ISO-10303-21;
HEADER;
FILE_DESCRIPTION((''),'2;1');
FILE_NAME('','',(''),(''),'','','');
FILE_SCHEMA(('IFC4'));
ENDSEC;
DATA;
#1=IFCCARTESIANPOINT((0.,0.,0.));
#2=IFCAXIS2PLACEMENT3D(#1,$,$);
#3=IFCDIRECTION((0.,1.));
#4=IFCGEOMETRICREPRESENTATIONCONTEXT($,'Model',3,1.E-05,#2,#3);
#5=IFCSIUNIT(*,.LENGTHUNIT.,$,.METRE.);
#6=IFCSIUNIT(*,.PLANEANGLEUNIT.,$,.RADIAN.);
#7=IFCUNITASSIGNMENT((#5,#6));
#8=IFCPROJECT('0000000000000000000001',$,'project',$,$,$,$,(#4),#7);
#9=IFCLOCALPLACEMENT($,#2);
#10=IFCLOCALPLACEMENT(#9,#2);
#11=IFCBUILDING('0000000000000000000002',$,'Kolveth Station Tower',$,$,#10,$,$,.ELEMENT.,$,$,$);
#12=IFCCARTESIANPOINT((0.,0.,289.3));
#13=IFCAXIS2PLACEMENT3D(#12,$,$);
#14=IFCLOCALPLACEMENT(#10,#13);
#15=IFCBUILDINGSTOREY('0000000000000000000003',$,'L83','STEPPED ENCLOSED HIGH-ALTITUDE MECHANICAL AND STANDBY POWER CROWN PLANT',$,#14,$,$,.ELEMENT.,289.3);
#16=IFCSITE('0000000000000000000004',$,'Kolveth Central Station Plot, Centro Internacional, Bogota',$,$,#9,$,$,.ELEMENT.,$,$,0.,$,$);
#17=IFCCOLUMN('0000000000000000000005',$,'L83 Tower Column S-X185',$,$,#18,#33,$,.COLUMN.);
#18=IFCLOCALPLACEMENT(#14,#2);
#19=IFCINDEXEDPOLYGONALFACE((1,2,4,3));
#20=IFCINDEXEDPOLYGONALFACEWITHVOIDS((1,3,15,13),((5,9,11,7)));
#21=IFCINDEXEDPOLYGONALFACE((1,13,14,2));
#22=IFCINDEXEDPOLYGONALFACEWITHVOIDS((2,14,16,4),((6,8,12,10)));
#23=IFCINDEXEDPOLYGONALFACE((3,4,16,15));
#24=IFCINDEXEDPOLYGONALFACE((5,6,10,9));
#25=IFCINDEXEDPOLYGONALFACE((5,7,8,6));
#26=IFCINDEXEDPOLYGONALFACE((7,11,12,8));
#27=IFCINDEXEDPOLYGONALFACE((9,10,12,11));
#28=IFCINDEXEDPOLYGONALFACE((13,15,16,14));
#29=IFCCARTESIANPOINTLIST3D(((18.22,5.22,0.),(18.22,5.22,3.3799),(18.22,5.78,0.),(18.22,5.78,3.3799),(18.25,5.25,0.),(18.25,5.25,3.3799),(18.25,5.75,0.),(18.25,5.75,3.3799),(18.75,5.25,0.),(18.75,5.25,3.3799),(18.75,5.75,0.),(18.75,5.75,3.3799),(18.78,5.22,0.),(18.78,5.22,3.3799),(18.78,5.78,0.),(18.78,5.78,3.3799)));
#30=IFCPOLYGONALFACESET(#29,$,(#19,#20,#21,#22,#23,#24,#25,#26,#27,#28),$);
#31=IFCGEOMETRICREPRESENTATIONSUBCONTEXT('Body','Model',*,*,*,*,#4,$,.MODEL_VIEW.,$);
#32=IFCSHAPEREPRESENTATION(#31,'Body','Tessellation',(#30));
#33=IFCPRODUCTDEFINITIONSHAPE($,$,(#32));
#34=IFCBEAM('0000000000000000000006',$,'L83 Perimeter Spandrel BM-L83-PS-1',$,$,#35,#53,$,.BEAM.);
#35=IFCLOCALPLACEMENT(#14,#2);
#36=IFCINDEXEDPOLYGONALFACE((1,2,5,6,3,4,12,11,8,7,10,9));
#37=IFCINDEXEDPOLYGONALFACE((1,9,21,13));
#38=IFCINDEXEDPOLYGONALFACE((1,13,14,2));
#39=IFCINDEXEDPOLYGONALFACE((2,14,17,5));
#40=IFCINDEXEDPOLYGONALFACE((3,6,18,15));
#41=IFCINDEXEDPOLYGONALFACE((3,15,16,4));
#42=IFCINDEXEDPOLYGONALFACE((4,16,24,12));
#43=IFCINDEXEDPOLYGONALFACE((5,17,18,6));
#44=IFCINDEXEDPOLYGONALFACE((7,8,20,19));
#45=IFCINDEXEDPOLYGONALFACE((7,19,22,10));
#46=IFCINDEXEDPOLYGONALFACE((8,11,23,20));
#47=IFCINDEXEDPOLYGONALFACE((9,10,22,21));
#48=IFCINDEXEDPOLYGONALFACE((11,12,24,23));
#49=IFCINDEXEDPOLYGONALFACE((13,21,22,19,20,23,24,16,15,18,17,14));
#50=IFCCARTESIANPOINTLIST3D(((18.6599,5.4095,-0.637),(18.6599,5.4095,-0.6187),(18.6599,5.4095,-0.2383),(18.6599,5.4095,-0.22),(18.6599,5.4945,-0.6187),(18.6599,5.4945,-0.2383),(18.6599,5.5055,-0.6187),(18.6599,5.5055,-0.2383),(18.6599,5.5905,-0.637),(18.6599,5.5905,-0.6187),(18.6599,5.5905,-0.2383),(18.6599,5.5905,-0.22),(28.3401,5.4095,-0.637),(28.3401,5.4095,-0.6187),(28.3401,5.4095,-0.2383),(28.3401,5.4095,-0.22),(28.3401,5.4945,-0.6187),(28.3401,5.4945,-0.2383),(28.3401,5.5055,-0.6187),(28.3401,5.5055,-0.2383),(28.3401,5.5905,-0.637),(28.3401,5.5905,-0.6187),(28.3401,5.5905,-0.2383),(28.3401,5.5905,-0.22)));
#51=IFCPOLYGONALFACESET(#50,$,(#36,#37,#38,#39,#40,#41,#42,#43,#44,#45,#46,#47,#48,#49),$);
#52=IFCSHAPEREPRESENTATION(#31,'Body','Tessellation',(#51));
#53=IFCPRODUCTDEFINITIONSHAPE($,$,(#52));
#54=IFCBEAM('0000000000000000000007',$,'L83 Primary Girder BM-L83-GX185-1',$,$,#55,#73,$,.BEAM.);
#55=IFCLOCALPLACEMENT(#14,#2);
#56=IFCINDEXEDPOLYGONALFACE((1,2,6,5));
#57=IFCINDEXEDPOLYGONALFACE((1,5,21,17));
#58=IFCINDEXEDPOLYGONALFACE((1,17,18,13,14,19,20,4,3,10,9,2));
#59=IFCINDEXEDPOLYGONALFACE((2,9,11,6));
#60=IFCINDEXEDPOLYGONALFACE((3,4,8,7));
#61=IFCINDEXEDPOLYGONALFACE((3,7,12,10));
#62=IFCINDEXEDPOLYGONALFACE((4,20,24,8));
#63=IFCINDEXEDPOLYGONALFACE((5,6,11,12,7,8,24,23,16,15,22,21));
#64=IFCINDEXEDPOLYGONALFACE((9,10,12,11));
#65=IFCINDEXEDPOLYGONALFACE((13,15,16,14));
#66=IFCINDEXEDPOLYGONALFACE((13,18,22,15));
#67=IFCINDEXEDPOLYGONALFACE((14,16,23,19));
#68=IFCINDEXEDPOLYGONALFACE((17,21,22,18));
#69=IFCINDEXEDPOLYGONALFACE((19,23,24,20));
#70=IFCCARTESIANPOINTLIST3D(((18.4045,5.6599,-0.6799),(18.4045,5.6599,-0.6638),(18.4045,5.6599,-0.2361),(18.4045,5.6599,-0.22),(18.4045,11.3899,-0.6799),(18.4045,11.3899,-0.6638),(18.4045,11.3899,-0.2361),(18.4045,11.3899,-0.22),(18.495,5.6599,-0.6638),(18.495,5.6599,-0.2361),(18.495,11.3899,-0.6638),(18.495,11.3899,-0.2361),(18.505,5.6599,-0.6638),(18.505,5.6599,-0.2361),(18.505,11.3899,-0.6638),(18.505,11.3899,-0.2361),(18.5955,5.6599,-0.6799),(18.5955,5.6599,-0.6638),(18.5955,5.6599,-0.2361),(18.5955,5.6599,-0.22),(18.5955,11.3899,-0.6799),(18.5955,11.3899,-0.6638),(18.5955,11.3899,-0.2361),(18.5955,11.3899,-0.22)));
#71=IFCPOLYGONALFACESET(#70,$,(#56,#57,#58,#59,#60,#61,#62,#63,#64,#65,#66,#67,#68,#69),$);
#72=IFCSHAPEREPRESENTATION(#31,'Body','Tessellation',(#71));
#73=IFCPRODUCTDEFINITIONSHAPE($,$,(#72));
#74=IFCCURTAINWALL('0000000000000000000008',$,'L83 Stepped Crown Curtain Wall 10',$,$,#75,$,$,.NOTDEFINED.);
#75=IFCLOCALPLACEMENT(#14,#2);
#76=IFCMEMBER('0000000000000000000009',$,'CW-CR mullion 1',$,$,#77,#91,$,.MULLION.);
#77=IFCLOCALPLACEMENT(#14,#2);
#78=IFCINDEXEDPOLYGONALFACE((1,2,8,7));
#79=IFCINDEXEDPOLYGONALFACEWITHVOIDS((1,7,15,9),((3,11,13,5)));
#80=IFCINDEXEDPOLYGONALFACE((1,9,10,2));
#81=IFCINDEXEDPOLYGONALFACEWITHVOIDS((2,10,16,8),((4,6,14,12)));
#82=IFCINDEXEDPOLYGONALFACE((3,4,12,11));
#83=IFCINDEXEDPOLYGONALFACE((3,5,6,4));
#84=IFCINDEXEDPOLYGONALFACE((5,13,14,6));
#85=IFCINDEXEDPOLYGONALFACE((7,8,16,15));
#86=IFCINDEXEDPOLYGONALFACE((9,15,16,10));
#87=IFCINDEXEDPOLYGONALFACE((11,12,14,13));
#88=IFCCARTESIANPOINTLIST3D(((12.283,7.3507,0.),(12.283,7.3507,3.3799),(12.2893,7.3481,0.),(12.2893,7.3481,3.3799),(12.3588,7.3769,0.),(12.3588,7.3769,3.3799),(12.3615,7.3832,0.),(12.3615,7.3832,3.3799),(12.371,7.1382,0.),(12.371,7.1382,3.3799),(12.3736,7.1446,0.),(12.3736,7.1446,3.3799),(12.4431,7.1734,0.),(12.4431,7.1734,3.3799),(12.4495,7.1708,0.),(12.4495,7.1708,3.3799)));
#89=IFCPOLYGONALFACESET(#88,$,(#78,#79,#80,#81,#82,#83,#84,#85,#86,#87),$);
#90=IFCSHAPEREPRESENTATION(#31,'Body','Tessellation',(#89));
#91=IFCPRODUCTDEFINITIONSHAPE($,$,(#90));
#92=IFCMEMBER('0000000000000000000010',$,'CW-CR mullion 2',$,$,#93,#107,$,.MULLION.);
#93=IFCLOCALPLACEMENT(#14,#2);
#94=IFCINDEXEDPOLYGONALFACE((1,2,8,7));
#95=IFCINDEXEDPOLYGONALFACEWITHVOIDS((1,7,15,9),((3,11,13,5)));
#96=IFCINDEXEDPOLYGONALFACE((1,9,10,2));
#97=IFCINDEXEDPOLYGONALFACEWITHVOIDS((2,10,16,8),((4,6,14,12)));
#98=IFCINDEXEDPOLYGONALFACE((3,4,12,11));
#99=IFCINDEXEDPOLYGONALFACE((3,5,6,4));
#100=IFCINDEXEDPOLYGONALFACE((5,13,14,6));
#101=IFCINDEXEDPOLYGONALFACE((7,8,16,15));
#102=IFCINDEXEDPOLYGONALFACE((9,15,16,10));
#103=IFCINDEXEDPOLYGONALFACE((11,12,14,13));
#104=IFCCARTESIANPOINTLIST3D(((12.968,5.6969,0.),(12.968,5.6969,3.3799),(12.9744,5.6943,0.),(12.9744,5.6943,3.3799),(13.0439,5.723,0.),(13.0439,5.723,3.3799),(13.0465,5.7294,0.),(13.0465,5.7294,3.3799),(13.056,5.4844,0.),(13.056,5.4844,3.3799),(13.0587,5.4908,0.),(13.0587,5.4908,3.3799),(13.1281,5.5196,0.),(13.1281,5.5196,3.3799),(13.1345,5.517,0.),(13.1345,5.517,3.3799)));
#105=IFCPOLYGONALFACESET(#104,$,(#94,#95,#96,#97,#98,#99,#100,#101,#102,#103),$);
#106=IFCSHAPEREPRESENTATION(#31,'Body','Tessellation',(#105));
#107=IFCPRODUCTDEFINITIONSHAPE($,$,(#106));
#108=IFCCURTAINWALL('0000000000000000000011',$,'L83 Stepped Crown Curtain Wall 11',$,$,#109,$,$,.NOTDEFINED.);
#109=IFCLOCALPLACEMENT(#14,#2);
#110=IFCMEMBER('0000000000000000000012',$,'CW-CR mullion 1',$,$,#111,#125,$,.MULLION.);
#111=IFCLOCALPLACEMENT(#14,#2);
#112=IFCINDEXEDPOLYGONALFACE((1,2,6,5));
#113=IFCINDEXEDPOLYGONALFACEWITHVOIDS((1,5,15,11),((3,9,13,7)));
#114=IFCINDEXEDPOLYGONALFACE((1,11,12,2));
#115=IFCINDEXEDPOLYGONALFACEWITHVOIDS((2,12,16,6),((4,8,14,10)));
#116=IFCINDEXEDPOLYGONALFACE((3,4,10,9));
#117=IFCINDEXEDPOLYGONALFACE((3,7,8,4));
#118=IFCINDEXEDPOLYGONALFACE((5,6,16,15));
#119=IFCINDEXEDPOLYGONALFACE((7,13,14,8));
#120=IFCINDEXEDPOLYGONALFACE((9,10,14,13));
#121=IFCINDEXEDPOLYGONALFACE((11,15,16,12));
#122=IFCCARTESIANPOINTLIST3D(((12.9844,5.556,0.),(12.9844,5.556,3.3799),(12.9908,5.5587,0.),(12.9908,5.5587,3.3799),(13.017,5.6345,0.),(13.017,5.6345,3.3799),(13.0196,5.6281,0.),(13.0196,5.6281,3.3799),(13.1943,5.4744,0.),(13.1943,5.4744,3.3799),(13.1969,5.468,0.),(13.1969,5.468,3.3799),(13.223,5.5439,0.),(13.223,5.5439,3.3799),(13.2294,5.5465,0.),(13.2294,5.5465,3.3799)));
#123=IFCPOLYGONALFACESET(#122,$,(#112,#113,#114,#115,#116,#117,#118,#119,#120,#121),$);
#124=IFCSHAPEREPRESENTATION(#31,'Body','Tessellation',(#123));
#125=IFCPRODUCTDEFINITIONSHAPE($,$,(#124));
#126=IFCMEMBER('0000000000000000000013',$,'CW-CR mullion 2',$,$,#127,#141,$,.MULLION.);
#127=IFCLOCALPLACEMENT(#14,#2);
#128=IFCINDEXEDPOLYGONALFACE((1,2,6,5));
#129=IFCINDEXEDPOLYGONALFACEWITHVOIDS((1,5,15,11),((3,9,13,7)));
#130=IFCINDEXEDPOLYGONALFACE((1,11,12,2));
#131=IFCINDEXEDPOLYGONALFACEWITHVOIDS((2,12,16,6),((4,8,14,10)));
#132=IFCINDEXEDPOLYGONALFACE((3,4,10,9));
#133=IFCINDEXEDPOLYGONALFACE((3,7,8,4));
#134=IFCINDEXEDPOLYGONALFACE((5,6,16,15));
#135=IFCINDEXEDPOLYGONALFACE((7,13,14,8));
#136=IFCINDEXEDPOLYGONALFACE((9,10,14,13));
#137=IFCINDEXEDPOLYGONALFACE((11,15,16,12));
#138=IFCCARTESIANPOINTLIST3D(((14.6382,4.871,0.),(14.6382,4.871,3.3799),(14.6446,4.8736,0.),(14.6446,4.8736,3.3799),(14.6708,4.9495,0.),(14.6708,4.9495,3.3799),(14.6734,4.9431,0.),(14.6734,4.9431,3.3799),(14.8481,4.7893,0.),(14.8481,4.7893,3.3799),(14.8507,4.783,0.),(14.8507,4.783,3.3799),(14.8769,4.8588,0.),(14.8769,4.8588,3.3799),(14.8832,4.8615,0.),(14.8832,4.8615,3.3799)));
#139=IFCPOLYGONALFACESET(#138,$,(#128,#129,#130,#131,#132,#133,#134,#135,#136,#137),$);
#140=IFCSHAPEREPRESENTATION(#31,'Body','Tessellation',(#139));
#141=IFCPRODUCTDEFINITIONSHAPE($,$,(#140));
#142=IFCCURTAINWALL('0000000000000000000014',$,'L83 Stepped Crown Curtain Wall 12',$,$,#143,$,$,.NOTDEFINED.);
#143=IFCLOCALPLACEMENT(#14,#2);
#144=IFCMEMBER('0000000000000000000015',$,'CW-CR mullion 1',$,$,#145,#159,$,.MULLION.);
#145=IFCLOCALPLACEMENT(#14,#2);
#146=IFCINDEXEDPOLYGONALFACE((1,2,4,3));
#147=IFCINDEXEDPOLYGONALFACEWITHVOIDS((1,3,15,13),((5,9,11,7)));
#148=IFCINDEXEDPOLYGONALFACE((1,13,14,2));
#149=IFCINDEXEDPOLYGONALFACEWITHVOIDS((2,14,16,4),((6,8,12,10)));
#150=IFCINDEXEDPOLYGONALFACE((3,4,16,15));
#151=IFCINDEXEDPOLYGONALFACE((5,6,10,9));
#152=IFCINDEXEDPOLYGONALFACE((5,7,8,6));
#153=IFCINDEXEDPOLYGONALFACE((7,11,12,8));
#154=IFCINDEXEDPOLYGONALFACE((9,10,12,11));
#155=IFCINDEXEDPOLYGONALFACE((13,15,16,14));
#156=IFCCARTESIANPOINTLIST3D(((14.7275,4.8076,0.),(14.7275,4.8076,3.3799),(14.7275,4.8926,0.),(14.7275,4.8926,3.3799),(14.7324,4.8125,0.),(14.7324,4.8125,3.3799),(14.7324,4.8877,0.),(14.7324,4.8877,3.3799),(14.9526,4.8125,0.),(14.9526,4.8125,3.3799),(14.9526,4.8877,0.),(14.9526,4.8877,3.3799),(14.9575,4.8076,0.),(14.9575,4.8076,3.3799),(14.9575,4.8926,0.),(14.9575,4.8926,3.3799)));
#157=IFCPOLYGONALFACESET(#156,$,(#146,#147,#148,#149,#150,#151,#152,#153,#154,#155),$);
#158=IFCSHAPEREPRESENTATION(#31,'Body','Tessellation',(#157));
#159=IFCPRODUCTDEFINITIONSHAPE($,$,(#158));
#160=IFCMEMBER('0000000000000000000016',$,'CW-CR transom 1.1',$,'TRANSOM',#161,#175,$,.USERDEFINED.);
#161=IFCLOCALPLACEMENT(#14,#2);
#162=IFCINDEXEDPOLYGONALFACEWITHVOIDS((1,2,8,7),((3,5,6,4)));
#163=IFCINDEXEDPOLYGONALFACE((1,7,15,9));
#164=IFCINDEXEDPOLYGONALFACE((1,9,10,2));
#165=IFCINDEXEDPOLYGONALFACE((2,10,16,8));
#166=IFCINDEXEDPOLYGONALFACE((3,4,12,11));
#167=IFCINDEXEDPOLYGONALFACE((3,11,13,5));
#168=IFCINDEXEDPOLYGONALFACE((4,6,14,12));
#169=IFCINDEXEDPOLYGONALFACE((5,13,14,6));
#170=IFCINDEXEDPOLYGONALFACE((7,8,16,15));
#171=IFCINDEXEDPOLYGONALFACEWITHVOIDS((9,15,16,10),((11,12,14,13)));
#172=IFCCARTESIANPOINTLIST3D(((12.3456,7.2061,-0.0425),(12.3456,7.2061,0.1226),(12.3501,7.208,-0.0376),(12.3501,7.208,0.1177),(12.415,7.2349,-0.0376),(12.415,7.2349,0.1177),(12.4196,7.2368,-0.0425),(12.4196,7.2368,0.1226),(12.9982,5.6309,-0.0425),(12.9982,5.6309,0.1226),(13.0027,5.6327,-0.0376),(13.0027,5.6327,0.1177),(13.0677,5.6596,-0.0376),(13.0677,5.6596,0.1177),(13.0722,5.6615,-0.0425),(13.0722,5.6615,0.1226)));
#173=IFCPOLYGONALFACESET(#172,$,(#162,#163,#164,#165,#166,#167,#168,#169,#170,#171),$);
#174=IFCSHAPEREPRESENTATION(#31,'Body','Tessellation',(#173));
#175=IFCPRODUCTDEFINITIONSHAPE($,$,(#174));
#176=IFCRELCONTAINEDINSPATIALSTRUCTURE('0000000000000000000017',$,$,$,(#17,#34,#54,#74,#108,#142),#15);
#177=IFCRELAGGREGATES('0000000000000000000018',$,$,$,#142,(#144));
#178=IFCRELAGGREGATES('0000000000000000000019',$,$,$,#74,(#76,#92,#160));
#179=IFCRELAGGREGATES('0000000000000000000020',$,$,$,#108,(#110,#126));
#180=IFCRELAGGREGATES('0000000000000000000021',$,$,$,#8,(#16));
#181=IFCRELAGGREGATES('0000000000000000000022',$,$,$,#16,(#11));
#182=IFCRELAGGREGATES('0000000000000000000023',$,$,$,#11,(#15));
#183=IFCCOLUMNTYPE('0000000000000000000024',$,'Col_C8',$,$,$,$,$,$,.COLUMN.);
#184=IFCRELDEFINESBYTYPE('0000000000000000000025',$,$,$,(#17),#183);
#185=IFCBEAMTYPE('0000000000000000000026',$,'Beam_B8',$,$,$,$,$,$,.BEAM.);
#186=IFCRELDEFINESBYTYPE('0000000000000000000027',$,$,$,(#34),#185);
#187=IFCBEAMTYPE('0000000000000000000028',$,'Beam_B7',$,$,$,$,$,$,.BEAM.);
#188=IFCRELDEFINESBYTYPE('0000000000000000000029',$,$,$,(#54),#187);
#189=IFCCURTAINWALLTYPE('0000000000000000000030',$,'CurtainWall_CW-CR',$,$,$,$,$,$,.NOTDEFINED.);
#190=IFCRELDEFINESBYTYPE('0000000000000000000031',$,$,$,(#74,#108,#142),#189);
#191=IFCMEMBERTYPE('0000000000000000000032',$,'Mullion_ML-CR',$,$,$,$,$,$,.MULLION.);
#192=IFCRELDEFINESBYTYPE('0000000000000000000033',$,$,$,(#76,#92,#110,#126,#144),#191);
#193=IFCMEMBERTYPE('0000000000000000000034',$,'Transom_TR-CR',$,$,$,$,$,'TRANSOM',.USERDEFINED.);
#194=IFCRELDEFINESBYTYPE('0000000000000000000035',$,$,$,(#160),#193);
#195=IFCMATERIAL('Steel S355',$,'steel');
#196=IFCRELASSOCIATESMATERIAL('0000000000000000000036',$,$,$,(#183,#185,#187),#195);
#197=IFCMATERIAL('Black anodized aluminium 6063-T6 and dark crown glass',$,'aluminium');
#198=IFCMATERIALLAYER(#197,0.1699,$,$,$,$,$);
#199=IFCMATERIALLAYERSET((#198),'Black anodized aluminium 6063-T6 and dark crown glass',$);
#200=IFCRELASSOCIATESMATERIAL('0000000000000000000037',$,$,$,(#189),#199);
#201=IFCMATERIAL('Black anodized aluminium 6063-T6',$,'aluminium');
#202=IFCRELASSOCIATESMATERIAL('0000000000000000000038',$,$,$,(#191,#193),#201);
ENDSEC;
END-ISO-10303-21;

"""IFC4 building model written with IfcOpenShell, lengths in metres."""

from ifc_helpers import new_model, si_unit, direction, frame, origin, origin_2d, place, context, subcontext, project, spatial, hollow_rectangle, i_section, extrude, source, transform, mapped, material, layer, layer_set, material_profile, profile_set, type_object, element, aggregate, save


model = new_model("IFC4")

# Units and contexts
model_context = context("Model", 3, precision=1e-05, world=origin(), true_north=direction((0.0, 1.0)))
body_context = subcontext(model_context, "Body", "Model", "MODEL_VIEW")
ifc_project = project(units=[si_unit("LENGTHUNIT", "METRE"), si_unit("PLANEANGLEUNIT", "RADIAN")], contexts=[model_context])

# Site, building, storey
site_placement = place(None, origin())
site = spatial("IfcSite", under=ifc_project, at=site_placement, Name="Kolveth Central Station Plot, Centro Internacional, Bogota", CompositionType="ELEMENT", RefElevation=0.0)
building_placement = place(site_placement, origin())
building = spatial("IfcBuilding", under=site, at=building_placement, Name="Kolveth Station Tower", CompositionType="ELEMENT")
storey_placement = place(building_placement, frame((0.0, 0.0, 289.3)))
storey = spatial("IfcBuildingStorey", under=building, at=storey_placement, Name="L83", Description="STEPPED ENCLOSED HIGH-ALTITUDE MECHANICAL AND STANDBY POWER CROWN PLANT", CompositionType="ELEMENT", Elevation=289.3)

# Column
ifc_material_1 = material(Name="Steel S355", Category="steel")
ifc_material_profile_1 = material_profile(ifc_material_1, hollow_rectangle(XDim=0.5601, YDim=0.5601, WallThickness=0.03, at=origin_2d()), Name="BOX560x560x30")
ifc_profile_set_1 = profile_set([ifc_material_profile_1], Name="Steel S355")
column_type = type_object("IfcColumnType", Name="Col_C8", PredefinedType="COLUMN", material=ifc_profile_set_1)
shared_shape_1 = source(origin(), body_context, "Body", "SweptSolid", [
    extrude(hollow_rectangle(XDim=0.5601, YDim=0.5601, WallThickness=0.03, at=origin_2d()), origin(), (0.0, 0.0, 1.0), 3.3799),
])
column_placement = place(storey_placement, frame((18.5, 5.5, 0.0), z_axis=(0.0, 0.0, 1.0), x_axis=(1.0, 0.0, 0.0)))
element("IfcColumn", 1, at=column_placement, inside=storey, type_object=column_type, Name="L83 Tower Column S-X185", PredefinedType="COLUMN", context=body_context, shape_type="MappedRepresentation", body=[
    mapped(shared_shape_1, transform((0.0, 0.0, 0.0), x_axis=(1.0, 0.0, 0.0), y_axis=(0.0, 1.0, 0.0), z_axis=(0.0, 0.0, 1.0), scale=1.0)),
])

# Beams
ifc_material_profile_2 = material_profile(ifc_material_1, i_section(OverallWidth=0.1809, OverallDepth=0.417, WebThickness=0.011, FlangeThickness=0.0183, at=origin_2d()), Name="W410x85")
ifc_profile_set_2 = profile_set([ifc_material_profile_2], Name="Steel S355")
beam_type_1 = type_object("IfcBeamType", Name="Beam_B8", PredefinedType="BEAM", material=ifc_profile_set_2)
shared_shape_2 = source(origin(), body_context, "Body", "SweptSolid", [
    extrude(i_section(OverallWidth=0.1809, OverallDepth=0.417, WebThickness=0.011, FlangeThickness=0.0183, at=origin_2d()), origin(), (0.0, 0.0, 1.0), 9.6802),
])
beam_1_placement = place(storey_placement, frame((18.6599, 5.5, -0.4285), z_axis=(1.0, 0.0, 0.0), x_axis=(0.0, 1.0, 0.0)))
element("IfcBeam", 2, at=beam_1_placement, inside=storey, type_object=beam_type_1, Name="L83 Perimeter Spandrel BM-L83-PS-1", PredefinedType="BEAM", context=body_context, shape_type="MappedRepresentation", body=[
    mapped(shared_shape_2, transform((0.0, 0.0, 0.0), x_axis=(1.0, 0.0, 0.0), y_axis=(0.0, 1.0, 0.0), z_axis=(0.0, 0.0, 1.0), scale=1.0)),
])
ifc_material_profile_3 = material_profile(ifc_material_1, i_section(OverallWidth=0.1909, OverallDepth=0.46, WebThickness=0.01, FlangeThickness=0.0161, at=origin_2d()), Name="W460x82")
ifc_profile_set_3 = profile_set([ifc_material_profile_3], Name="Steel S355")
beam_type_2 = type_object("IfcBeamType", Name="Beam_B7", PredefinedType="BEAM", material=ifc_profile_set_3)
shared_shape_3 = source(origin(), body_context, "Body", "SweptSolid", [
    extrude(i_section(OverallWidth=0.1909, OverallDepth=0.46, WebThickness=0.01, FlangeThickness=0.0161, at=origin_2d()), origin(), (0.0, 0.0, 1.0), 5.73),
])
beam_2_placement = place(storey_placement, frame((18.5, 5.6599, -0.45), z_axis=(0.0, 1.0, 0.0), x_axis=(-1.0, 0.0, 0.0)))
element("IfcBeam", 3, at=beam_2_placement, inside=storey, type_object=beam_type_2, Name="L83 Primary Girder BM-L83-GX185-1", PredefinedType="BEAM", context=body_context, shape_type="MappedRepresentation", body=[
    mapped(shared_shape_3, transform((0.0, 0.0, 0.0), x_axis=(1.0, 0.0, 0.0), y_axis=(0.0, 1.0, 0.0), z_axis=(0.0, 0.0, 1.0), scale=1.0)),
])

# Curtain walls, members
ifc_material_2 = material(Name="Black anodized aluminium 6063-T6 and dark crown glass", Category="aluminium")
ifc_layer_1 = layer(ifc_material_2, 0.1699)
ifc_layer_set_1 = layer_set([ifc_layer_1], Name="Black anodized aluminium 6063-T6 and dark crown glass")
curtain_wall_type = type_object("IfcCurtainWallType", Name="CurtainWall_CW-CR", PredefinedType="NOTDEFINED", material=ifc_layer_set_1)
curtain_wall_1_placement = place(storey_placement, origin())
curtain_wall_1 = element("IfcCurtainWall", 4, at=curtain_wall_1_placement, inside=storey, type_object=curtain_wall_type, Name="L83 Stepped Crown Curtain Wall 10", PredefinedType="NOTDEFINED")
ifc_material_3 = material(Name="Black anodized aluminium 6063-T6", Category="aluminium")
ifc_material_profile_4 = material_profile(ifc_material_3, hollow_rectangle(XDim=0.085, YDim=0.23, WallThickness=0.0049, at=origin_2d()), Name="ALU-85x230x5")
ifc_profile_set_4 = profile_set([ifc_material_profile_4], Name="Black anodized aluminium 6063-T6")
member_type_1 = type_object("IfcMemberType", Name="Mullion_ML-CR", PredefinedType="MULLION", material=ifc_profile_set_4)
shared_shape_4 = source(origin(), body_context, "Body", "SweptSolid", [
    extrude(hollow_rectangle(XDim=0.085, YDim=0.23, WallThickness=0.0049, at=origin_2d()), origin(), (0.0, 0.0, 1.0), 3.3799),
])
member_1_placement = place(storey_placement, frame((12.3662, 7.2607, 0.0), z_axis=(0.0, 0.0, 1.0), x_axis=(0.923876, 0.382691, 0.0)))
member_1 = element("IfcMember", 5, at=member_1_placement, type_object=member_type_1, Name="CW-CR mullion 1", PredefinedType="MULLION", context=body_context, shape_type="MappedRepresentation", body=[
    mapped(shared_shape_4, transform((0.0, 0.0, 0.0), x_axis=(1.0, 0.0, 0.0), y_axis=(0.0, 1.0, 0.0), z_axis=(0.0, 0.0, 1.0), scale=1.0)),
])
member_2_placement = place(storey_placement, frame((13.0513, 5.6069, 0.0), z_axis=(0.0, 0.0, 1.0), x_axis=(0.923876, 0.382691, 0.0)))
member_2 = element("IfcMember", 6, at=member_2_placement, type_object=member_type_1, Name="CW-CR mullion 2", PredefinedType="MULLION", context=body_context, shape_type="MappedRepresentation", body=[
    mapped(shared_shape_4, transform((0.0, 0.0, 0.0), x_axis=(1.0, 0.0, 0.0), y_axis=(0.0, 1.0, 0.0), z_axis=(0.0, 0.0, 1.0), scale=1.0)),
])
curtain_wall_2_placement = place(storey_placement, origin())
curtain_wall_2 = element("IfcCurtainWall", 7, at=curtain_wall_2_placement, inside=storey, type_object=curtain_wall_type, Name="L83 Stepped Crown Curtain Wall 11", PredefinedType="NOTDEFINED")
member_3_placement = place(storey_placement, frame((13.1069, 5.5513, 0.0), z_axis=(0.0, 0.0, 1.0), x_axis=(0.382691, 0.923876, 0.0)))
member_3 = element("IfcMember", 8, at=member_3_placement, type_object=member_type_1, Name="CW-CR mullion 1", PredefinedType="MULLION", context=body_context, shape_type="MappedRepresentation", body=[
    mapped(shared_shape_4, transform((0.0, 0.0, 0.0), x_axis=(1.0, 0.0, 0.0), y_axis=(0.0, 1.0, 0.0), z_axis=(0.0, 0.0, 1.0), scale=1.0)),
])
member_4_placement = place(storey_placement, frame((14.7607, 4.8662, 0.0), z_axis=(0.0, 0.0, 1.0), x_axis=(0.382691, 0.923876, 0.0)))
member_4 = element("IfcMember", 9, at=member_4_placement, type_object=member_type_1, Name="CW-CR mullion 2", PredefinedType="MULLION", context=body_context, shape_type="MappedRepresentation", body=[
    mapped(shared_shape_4, transform((0.0, 0.0, 0.0), x_axis=(1.0, 0.0, 0.0), y_axis=(0.0, 1.0, 0.0), z_axis=(0.0, 0.0, 1.0), scale=1.0)),
])

# Curtain wall, member
curtain_wall_3_placement = place(storey_placement, origin())
curtain_wall_3 = element("IfcCurtainWall", 10, at=curtain_wall_3_placement, inside=storey, type_object=curtain_wall_type, Name="L83 Stepped Crown Curtain Wall 12", PredefinedType="NOTDEFINED")
member_5_placement = place(storey_placement, frame((14.8425, 4.8501, 0.0), z_axis=(0.0, 0.0, 1.0), x_axis=(0.0, 1.0, 0.0)))
member_5 = element("IfcMember", 11, at=member_5_placement, type_object=member_type_1, Name="CW-CR mullion 1", PredefinedType="MULLION", context=body_context, shape_type="MappedRepresentation", body=[
    mapped(shared_shape_4, transform((0.0, 0.0, 0.0), x_axis=(1.0, 0.0, 0.0), y_axis=(0.0, 1.0, 0.0), z_axis=(0.0, 0.0, 1.0), scale=1.0)),
])

# Member
ifc_material_profile_5 = material_profile(ifc_material_3, hollow_rectangle(XDim=0.0801, YDim=0.165, WallThickness=0.0049, at=origin_2d()), Name="ALU-80x165x5")
ifc_profile_set_5 = profile_set([ifc_material_profile_5], Name="Black anodized aluminium 6063-T6")
member_type_2 = type_object("IfcMemberType", Name="Transom_TR-CR", ElementType="TRANSOM", PredefinedType="USERDEFINED", material=ifc_profile_set_5)
shared_shape_5 = source(origin(), body_context, "Body", "SweptSolid", [
    extrude(hollow_rectangle(XDim=0.0801, YDim=0.165, WallThickness=0.0049, at=origin_2d()), origin(), (0.0, 0.0, 1.0), 1.7051),
])
member_6_placement = place(storey_placement, frame((12.3826, 7.2214, 0.04), z_axis=(0.382744, -0.923855, 0.0), x_axis=(0.923855, 0.382744, 0.0)))
member_6 = element("IfcMember", 12, at=member_6_placement, type_object=member_type_2, Name="CW-CR transom 1.1", ObjectType="TRANSOM", PredefinedType="USERDEFINED", context=body_context, shape_type="MappedRepresentation", body=[
    mapped(shared_shape_5, transform((0.0, 0.0, 0.0), x_axis=(1.0, 0.0, 0.0), y_axis=(0.0, 1.0, 0.0), z_axis=(0.0, 0.0, 1.0), scale=1.0)),
])
aggregate(curtain_wall_3, [member_5])

aggregate(curtain_wall_1, [member_1, member_2, member_6])
aggregate(curtain_wall_2, [member_3, member_4])

save(model, "model.ifc")
